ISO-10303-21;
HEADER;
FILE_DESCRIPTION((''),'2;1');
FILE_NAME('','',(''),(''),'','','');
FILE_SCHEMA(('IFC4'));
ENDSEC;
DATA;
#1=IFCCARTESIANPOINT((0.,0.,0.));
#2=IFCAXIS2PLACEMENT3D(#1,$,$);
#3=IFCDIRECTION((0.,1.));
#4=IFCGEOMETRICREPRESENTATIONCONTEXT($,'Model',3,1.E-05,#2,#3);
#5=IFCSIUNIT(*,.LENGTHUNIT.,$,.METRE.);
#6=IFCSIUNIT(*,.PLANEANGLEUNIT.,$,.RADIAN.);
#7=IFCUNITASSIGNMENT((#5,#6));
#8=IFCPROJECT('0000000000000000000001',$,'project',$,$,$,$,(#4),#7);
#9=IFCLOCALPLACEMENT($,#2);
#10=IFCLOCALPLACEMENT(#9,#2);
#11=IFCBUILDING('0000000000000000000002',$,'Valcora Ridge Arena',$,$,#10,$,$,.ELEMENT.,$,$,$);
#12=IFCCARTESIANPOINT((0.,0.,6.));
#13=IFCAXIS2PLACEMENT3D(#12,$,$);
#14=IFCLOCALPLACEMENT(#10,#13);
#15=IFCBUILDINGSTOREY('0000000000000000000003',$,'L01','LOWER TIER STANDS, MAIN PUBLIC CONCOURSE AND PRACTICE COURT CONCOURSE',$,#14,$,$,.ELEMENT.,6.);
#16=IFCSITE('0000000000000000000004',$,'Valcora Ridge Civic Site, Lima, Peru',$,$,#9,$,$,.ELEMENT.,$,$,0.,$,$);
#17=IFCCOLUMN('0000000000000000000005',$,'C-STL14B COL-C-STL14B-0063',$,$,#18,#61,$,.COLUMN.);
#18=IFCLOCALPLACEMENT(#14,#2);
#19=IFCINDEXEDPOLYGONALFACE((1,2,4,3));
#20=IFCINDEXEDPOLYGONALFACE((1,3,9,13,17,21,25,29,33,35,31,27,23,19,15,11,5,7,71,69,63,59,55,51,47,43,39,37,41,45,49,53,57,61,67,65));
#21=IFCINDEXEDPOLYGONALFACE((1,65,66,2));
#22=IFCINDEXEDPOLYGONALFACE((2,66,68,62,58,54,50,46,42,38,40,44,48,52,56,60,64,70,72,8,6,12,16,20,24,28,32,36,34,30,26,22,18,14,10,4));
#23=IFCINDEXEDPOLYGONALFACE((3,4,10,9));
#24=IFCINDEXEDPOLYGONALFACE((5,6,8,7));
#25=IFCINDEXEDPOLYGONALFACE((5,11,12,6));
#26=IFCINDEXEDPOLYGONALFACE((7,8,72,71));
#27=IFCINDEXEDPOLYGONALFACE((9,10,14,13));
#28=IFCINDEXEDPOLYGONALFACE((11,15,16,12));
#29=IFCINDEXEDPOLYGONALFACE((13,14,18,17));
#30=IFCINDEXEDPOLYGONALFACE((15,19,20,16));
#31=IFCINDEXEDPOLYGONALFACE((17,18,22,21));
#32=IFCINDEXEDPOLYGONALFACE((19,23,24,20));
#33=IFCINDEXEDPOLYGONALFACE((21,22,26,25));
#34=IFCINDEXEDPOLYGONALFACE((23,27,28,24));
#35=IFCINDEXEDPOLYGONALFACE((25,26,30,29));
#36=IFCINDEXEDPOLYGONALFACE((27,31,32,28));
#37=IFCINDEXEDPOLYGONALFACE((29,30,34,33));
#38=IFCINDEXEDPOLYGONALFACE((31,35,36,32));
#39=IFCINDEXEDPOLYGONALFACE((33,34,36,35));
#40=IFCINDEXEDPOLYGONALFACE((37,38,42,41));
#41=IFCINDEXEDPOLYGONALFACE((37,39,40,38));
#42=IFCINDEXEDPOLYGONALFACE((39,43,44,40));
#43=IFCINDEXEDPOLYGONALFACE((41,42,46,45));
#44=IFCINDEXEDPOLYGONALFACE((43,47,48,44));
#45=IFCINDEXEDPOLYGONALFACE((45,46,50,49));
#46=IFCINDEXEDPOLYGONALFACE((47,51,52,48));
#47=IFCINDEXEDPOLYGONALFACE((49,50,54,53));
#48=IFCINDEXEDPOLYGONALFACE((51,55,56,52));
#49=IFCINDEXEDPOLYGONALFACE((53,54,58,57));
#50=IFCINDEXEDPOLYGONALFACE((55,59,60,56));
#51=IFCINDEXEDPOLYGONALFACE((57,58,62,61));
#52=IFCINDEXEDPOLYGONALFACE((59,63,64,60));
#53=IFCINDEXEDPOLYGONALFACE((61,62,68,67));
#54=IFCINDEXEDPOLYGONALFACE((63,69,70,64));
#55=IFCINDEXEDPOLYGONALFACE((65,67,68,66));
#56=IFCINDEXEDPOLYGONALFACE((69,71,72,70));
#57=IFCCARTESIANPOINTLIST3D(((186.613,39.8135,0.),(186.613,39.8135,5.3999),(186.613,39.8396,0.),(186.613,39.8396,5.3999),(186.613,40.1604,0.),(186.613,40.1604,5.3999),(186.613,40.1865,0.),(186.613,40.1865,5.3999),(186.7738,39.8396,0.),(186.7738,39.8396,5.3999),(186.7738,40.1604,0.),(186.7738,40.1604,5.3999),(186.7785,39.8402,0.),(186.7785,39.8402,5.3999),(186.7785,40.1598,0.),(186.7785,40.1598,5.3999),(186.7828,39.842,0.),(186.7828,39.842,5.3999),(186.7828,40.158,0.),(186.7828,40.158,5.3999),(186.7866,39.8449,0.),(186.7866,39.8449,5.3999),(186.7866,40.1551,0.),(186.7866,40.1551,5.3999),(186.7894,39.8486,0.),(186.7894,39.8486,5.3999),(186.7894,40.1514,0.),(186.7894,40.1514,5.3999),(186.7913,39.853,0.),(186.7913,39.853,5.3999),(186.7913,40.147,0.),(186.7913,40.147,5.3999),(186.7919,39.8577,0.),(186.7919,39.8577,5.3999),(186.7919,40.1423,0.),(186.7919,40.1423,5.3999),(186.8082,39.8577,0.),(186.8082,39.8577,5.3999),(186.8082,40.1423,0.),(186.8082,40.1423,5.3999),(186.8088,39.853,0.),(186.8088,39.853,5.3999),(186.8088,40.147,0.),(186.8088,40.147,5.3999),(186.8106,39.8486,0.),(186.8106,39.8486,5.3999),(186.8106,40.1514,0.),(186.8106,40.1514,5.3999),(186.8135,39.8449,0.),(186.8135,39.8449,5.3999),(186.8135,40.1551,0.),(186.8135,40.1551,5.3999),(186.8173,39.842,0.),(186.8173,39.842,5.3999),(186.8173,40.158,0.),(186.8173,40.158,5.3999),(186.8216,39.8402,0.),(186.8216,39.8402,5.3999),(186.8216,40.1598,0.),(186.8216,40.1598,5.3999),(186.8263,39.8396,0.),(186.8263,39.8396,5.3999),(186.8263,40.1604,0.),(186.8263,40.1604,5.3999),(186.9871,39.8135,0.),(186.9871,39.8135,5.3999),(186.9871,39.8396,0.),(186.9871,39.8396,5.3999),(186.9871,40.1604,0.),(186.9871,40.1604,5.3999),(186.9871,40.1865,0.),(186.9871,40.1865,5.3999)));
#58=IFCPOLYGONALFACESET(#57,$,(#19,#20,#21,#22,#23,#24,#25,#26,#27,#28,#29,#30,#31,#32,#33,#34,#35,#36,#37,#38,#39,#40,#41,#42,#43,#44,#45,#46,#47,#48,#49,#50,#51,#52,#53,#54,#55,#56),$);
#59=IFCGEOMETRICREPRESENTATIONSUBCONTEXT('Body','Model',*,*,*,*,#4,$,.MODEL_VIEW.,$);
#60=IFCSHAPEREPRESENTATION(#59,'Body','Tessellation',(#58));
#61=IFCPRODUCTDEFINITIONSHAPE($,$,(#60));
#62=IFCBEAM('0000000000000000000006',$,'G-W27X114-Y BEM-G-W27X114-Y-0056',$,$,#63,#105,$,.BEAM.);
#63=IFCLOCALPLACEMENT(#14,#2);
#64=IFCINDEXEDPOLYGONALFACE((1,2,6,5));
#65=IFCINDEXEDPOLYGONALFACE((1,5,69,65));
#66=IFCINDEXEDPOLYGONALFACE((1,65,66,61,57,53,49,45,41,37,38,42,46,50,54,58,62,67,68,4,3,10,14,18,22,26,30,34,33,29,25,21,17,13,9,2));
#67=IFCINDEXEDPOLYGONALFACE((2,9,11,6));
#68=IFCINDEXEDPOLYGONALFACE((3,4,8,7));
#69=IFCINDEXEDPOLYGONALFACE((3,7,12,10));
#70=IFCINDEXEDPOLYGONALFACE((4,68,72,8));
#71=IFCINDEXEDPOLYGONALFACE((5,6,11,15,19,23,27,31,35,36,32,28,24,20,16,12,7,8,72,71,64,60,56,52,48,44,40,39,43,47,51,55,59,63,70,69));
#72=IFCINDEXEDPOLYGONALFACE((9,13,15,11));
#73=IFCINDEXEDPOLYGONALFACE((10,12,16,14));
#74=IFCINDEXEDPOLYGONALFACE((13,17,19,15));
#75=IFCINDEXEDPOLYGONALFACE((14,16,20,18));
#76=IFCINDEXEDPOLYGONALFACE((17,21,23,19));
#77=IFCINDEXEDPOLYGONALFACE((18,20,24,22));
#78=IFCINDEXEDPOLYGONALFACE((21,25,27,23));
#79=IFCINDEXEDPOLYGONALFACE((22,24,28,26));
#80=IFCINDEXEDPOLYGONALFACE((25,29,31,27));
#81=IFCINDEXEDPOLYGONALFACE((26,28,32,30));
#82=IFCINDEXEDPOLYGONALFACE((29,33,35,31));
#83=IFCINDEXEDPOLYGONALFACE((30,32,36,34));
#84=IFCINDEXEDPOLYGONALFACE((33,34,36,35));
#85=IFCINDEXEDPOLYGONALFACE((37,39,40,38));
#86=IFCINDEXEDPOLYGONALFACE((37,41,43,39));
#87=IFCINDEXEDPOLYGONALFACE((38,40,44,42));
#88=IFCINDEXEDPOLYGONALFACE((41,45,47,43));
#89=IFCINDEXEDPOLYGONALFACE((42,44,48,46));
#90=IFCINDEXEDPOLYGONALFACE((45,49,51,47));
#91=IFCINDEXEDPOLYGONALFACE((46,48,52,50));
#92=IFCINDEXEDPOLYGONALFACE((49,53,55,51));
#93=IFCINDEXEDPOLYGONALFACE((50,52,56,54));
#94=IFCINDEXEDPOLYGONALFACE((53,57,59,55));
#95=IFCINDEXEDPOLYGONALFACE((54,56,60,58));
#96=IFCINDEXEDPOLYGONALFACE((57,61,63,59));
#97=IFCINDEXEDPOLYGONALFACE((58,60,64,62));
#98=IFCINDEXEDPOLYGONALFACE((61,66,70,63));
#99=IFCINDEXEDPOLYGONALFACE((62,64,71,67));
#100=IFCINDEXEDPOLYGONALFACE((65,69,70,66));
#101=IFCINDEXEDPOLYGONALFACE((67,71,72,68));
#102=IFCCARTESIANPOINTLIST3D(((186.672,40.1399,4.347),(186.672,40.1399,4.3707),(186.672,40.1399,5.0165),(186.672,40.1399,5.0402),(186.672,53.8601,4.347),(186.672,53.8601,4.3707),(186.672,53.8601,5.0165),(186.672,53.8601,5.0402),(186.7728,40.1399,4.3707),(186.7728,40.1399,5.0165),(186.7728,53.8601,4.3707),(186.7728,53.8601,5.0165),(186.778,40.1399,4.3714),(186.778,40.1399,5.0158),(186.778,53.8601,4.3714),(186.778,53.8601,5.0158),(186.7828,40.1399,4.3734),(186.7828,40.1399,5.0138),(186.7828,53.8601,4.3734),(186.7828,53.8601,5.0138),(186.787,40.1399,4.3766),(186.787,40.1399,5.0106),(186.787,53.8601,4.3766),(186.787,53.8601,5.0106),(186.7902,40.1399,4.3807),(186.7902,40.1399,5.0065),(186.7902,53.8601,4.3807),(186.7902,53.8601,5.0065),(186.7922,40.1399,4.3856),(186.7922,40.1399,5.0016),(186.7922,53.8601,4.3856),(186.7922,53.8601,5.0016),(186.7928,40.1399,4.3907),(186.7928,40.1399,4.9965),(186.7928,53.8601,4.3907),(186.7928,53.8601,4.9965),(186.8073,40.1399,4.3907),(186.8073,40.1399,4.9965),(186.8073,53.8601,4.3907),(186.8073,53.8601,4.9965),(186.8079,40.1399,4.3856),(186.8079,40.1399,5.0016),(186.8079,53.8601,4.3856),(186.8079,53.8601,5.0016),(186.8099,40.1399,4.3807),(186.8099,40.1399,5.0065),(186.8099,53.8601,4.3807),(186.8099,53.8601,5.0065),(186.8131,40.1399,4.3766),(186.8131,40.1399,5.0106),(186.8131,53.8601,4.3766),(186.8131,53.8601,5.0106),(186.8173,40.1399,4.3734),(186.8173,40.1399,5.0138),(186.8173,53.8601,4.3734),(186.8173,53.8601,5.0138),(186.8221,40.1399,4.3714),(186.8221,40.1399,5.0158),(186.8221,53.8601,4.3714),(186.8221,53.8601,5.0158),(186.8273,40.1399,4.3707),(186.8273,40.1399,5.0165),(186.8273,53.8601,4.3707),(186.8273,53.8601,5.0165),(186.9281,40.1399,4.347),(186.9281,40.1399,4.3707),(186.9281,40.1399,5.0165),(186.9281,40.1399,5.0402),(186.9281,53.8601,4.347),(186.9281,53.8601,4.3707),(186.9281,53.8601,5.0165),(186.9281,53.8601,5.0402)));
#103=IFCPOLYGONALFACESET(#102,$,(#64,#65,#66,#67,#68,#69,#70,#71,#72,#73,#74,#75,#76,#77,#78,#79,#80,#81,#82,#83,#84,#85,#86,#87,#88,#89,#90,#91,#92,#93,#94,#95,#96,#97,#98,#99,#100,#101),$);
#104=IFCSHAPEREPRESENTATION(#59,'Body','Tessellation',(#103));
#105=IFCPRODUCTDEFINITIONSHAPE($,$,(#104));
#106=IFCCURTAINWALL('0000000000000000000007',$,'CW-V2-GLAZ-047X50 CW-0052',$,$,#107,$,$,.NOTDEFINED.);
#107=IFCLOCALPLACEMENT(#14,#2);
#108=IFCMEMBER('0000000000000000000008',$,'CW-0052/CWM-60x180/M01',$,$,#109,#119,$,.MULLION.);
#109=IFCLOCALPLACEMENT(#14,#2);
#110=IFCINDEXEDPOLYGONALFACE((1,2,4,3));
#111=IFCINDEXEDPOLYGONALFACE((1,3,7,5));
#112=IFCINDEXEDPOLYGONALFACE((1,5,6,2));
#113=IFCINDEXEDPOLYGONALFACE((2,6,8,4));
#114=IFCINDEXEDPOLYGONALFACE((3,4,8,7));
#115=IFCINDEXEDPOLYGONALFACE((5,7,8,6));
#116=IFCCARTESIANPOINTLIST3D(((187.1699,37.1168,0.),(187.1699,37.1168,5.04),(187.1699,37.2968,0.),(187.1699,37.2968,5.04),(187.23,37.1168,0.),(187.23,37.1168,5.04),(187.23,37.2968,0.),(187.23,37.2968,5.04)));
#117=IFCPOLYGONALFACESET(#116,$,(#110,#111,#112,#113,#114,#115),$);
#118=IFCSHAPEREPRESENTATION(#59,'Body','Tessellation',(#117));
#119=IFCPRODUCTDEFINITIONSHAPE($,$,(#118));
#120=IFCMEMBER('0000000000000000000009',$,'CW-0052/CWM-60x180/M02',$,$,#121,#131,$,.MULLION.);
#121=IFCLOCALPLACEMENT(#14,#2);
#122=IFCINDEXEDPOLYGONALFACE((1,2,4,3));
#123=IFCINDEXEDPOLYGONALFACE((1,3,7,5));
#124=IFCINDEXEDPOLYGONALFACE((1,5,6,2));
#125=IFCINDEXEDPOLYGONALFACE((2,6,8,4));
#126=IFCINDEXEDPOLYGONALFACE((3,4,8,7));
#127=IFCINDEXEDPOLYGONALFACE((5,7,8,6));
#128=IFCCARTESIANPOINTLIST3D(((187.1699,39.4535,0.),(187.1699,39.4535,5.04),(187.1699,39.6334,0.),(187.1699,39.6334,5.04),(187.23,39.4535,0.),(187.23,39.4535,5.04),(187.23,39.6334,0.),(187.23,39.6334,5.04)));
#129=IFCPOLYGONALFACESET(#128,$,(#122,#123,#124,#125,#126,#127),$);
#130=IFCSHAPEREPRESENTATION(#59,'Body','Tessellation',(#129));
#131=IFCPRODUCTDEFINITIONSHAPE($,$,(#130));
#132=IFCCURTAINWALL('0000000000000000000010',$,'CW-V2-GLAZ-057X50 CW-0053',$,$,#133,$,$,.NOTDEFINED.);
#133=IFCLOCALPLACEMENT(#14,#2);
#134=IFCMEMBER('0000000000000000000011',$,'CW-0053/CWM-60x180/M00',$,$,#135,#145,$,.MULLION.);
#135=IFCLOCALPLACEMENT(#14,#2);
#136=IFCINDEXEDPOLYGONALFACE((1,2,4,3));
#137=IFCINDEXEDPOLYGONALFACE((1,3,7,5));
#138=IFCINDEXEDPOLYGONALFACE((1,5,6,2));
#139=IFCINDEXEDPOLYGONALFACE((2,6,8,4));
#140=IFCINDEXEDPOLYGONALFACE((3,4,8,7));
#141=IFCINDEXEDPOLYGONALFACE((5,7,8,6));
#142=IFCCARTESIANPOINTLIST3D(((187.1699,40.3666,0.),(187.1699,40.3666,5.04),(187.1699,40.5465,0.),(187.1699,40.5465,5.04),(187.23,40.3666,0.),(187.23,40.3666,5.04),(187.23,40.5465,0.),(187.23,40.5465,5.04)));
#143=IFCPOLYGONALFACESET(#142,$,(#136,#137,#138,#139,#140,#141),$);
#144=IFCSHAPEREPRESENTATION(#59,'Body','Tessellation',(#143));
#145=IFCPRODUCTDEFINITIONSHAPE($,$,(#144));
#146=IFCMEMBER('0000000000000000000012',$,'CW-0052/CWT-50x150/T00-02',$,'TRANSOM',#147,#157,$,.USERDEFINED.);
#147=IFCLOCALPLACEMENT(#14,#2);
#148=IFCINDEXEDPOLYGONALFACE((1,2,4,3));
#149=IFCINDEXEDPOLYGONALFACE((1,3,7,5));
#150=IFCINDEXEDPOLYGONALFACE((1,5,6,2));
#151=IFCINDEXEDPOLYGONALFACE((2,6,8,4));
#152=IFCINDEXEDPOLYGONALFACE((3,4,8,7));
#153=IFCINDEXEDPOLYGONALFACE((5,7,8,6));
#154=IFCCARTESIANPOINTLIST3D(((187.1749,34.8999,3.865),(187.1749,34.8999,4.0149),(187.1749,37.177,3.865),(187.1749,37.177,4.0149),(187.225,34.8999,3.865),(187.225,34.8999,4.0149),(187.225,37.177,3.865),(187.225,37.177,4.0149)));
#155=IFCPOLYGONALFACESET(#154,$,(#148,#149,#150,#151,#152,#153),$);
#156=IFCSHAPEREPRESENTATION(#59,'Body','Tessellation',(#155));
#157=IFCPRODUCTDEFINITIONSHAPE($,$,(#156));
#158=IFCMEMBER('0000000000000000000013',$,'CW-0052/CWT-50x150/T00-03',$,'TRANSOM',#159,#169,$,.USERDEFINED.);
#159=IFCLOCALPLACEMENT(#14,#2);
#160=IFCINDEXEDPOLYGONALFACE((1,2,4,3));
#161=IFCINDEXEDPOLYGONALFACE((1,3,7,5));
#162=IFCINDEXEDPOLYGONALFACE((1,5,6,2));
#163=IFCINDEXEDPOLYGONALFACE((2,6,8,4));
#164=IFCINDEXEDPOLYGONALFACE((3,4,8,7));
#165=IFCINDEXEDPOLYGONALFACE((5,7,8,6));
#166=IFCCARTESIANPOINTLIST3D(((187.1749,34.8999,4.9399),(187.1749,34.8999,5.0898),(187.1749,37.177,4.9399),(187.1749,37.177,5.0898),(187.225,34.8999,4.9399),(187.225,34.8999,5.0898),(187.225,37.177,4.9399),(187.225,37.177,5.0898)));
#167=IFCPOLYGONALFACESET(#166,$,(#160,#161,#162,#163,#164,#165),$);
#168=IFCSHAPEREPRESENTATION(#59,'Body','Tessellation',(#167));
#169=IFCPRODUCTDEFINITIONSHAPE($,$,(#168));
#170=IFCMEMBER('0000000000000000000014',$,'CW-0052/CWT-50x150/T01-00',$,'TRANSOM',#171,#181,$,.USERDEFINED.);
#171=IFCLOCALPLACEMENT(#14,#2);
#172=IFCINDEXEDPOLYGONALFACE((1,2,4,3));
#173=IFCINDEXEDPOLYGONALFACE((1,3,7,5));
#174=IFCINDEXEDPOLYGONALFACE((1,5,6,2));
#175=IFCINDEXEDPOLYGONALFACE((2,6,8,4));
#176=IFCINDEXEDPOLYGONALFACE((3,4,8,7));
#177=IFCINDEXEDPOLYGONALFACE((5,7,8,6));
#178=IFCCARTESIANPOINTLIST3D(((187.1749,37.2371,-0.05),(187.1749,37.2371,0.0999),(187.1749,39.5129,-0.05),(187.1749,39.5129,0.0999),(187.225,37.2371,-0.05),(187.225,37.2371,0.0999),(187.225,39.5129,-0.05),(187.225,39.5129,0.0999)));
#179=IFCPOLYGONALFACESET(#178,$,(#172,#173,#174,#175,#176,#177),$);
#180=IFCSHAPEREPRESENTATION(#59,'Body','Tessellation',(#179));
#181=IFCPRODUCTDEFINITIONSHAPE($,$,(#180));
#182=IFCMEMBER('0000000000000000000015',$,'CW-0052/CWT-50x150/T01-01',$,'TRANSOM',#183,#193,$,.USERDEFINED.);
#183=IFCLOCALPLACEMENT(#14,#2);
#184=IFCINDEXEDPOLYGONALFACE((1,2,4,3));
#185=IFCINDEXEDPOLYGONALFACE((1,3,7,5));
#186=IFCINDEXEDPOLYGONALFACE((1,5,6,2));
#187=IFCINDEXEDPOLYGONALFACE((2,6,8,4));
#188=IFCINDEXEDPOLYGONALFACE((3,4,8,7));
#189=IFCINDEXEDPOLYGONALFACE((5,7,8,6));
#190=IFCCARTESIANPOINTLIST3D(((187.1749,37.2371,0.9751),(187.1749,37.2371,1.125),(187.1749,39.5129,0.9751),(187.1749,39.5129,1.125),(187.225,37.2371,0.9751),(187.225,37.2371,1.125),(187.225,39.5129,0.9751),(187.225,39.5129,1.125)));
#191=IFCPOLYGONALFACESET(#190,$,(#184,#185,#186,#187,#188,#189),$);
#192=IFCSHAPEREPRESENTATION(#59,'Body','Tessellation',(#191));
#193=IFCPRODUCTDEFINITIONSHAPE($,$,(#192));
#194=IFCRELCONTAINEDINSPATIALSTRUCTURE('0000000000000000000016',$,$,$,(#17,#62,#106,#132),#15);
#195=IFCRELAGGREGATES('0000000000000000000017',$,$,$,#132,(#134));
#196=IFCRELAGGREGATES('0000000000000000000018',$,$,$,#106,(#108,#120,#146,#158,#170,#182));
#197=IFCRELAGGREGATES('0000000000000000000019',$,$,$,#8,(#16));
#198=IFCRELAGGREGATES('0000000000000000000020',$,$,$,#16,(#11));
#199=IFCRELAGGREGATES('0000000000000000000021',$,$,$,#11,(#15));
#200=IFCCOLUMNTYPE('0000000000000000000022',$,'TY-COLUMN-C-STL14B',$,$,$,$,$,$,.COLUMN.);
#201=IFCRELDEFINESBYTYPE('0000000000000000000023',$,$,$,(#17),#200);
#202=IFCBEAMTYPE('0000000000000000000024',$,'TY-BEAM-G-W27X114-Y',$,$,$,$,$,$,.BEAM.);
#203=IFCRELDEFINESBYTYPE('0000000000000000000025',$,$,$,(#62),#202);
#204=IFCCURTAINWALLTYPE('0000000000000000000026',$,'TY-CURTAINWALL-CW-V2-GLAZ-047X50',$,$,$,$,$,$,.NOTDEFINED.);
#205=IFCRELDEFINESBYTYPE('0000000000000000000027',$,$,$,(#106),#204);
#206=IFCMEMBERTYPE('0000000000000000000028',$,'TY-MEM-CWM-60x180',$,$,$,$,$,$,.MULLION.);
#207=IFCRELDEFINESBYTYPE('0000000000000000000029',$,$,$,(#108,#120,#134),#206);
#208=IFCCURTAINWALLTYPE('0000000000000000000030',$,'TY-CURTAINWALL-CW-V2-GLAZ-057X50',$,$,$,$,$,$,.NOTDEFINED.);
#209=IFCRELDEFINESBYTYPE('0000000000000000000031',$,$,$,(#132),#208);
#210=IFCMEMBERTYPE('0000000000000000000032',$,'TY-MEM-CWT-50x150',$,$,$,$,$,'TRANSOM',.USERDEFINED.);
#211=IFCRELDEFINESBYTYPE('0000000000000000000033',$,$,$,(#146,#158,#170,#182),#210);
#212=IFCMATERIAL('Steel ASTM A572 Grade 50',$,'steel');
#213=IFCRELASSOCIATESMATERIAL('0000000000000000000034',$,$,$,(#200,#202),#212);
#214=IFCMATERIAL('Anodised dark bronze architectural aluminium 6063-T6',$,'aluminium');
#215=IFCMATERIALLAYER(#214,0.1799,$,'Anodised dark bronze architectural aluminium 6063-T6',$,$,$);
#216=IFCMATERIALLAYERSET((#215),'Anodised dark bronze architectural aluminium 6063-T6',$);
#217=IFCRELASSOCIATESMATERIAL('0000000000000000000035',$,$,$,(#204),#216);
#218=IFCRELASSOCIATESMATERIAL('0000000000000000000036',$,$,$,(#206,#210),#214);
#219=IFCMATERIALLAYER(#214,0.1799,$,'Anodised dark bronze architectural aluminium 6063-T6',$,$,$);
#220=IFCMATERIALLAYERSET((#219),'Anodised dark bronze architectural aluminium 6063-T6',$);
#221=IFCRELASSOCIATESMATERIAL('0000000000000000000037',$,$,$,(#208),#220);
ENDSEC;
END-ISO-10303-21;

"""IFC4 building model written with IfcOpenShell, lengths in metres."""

from ifc_helpers import new_model, si_unit, direction, frame, origin, origin_2d, place, context, subcontext, project, spatial, rectangle, i_section, extrude, material, layer, layer_set, material_profile, profile_set, type_object, element, aggregate, save


model = new_model("IFC4")

# Units and contexts
model_context = context("Model", 3, precision=1e-05, world=origin(), true_north=direction((0.0, 1.0)))
body_context = subcontext(model_context, "Body", "Model", "MODEL_VIEW")
ifc_project = project(units=[si_unit("LENGTHUNIT", "METRE"), si_unit("PLANEANGLEUNIT", "RADIAN")], contexts=[model_context])

# Site, building, storey
site_placement = place(None, origin())
site = spatial("IfcSite", under=ifc_project, at=site_placement, Name="Valcora Ridge Civic Site, Lima, Peru", CompositionType="ELEMENT", RefElevation=0.0)
building_placement = place(site_placement, origin())
building = spatial("IfcBuilding", under=site, at=building_placement, Name="Valcora Ridge Arena", CompositionType="ELEMENT")
storey_placement = place(building_placement, frame((0.0, 0.0, 6.0)))
storey = spatial("IfcBuildingStorey", under=building, at=storey_placement, Name="L01", Description="LOWER TIER STANDS, MAIN PUBLIC CONCOURSE AND PRACTICE COURT CONCOURSE", CompositionType="ELEMENT", Elevation=6.0)

# Column
ifc_material_1 = material(Name="Steel ASTM A572 Grade 50", Category="steel")
ifc_material_profile_1 = material_profile(ifc_material_1, i_section(OverallWidth=0.374, OverallDepth=0.373, WebThickness=0.0164, FlangeThickness=0.0261, FilletRadius=0.0181, at=origin_2d()), Name="W14X132")
ifc_profile_set_1 = profile_set([ifc_material_profile_1], Name="Steel ASTM A572 Grade 50")
column_type = type_object("IfcColumnType", Name="TY-COLUMN-C-STL14B", PredefinedType="COLUMN", material=ifc_profile_set_1)
column_placement = place(storey_placement, frame((186.8, 40.0, 0.0), z_axis=(0.0, 0.0, 1.0), x_axis=(1.0, 0.0, 0.0)))
element("IfcColumn", 1, at=column_placement, inside=storey, type_object=column_type, Name="C-STL14B COL-C-STL14B-0063", PredefinedType="COLUMN", context=body_context, shape_type="SweptSolid", body=[
    extrude(i_section(OverallWidth=0.374, OverallDepth=0.373, WebThickness=0.0164, FlangeThickness=0.0261, FilletRadius=0.0181, at=origin_2d()), origin(), (0.0, 0.0, 1.0), 5.3999),
])

# Beam
ifc_material_profile_2 = material_profile(ifc_material_1, i_section(OverallWidth=0.2561, OverallDepth=0.6931, WebThickness=0.0144, FlangeThickness=0.0237, FilletRadius=0.02, at=origin_2d()), Name="W27X114")
ifc_profile_set_2 = profile_set([ifc_material_profile_2], Name="Steel ASTM A572 Grade 50")
beam_type = type_object("IfcBeamType", Name="TY-BEAM-G-W27X114-Y", PredefinedType="BEAM", material=ifc_profile_set_2)
beam_placement = place(storey_placement, frame((186.8, 40.1399, 4.6936), z_axis=(0.0, 1.0, 0.0), x_axis=(-1.0, 0.0, 0.0)))
element("IfcBeam", 2, at=beam_placement, inside=storey, type_object=beam_type, Name="G-W27X114-Y BEM-G-W27X114-Y-0056", PredefinedType="BEAM", context=body_context, shape_type="SweptSolid", body=[
    extrude(i_section(OverallWidth=0.2561, OverallDepth=0.6931, WebThickness=0.0144, FlangeThickness=0.0237, FilletRadius=0.02, at=origin_2d()), origin(), (0.0, 0.0, 1.0), 13.7202),
])

# Curtain wall, members
ifc_material_2 = material(Name="Anodised dark bronze architectural aluminium 6063-T6", Category="aluminium")
ifc_layer_1 = layer(ifc_material_2, 0.1799, Name="Anodised dark bronze architectural aluminium 6063-T6")
ifc_layer_set_1 = layer_set([ifc_layer_1], Name="Anodised dark bronze architectural aluminium 6063-T6")
curtain_wall_type_1 = type_object("IfcCurtainWallType", Name="TY-CURTAINWALL-CW-V2-GLAZ-047X50", PredefinedType="NOTDEFINED", material=ifc_layer_set_1)
curtain_wall_1_placement = place(storey_placement, origin())
curtain_wall_1 = element("IfcCurtainWall", 3, at=curtain_wall_1_placement, inside=storey, type_object=curtain_wall_type_1, Name="CW-V2-GLAZ-047X50 CW-0052", PredefinedType="NOTDEFINED")
ifc_material_profile_3 = material_profile(ifc_material_2, rectangle(XDim=0.0601, YDim=0.1799, at=origin_2d()), Name="ALU MULLION 60x180")
ifc_profile_set_3 = profile_set([ifc_material_profile_3], Name="Anodised dark bronze architectural aluminium 6063-T6")
member_type_1 = type_object("IfcMemberType", Name="TY-MEM-CWM-60x180", PredefinedType="MULLION", material=ifc_profile_set_3)
member_1_placement = place(storey_placement, frame((187.2, 37.2068, 0.0), z_axis=(0.0, 0.0, 1.0), x_axis=(-1.0, 0.0, 0.0)))
member_1 = element("IfcMember", 4, at=member_1_placement, type_object=member_type_1, Name="CW-0052/CWM-60x180/M01", PredefinedType="MULLION", context=body_context, shape_type="SweptSolid", body=[
    extrude(rectangle(XDim=0.0601, YDim=0.1799, at=origin_2d()), origin(), (0.0, 0.0, 1.0), 5.04),
])
member_2_placement = place(storey_placement, frame((187.2, 39.5435, 0.0), z_axis=(0.0, 0.0, 1.0), x_axis=(-1.0, 0.0, 0.0)))
member_2 = element("IfcMember", 5, at=member_2_placement, type_object=member_type_1, Name="CW-0052/CWM-60x180/M02", PredefinedType="MULLION", context=body_context, shape_type="SweptSolid", body=[
    extrude(rectangle(XDim=0.0601, YDim=0.1799, at=origin_2d()), origin(), (0.0, 0.0, 1.0), 5.04),
])

# Curtain wall, member
ifc_layer_2 = layer(ifc_material_2, 0.1799, Name="Anodised dark bronze architectural aluminium 6063-T6")
ifc_layer_set_2 = layer_set([ifc_layer_2], Name="Anodised dark bronze architectural aluminium 6063-T6")
curtain_wall_type_2 = type_object("IfcCurtainWallType", Name="TY-CURTAINWALL-CW-V2-GLAZ-057X50", PredefinedType="NOTDEFINED", material=ifc_layer_set_2)
curtain_wall_2_placement = place(storey_placement, origin())
curtain_wall_2 = element("IfcCurtainWall", 6, at=curtain_wall_2_placement, inside=storey, type_object=curtain_wall_type_2, Name="CW-V2-GLAZ-057X50 CW-0053", PredefinedType="NOTDEFINED")
member_3_placement = place(storey_placement, frame((187.2, 40.4565, 0.0), z_axis=(0.0, 0.0, 1.0), x_axis=(-1.0, 0.0, 0.0)))
member_3 = element("IfcMember", 7, at=member_3_placement, type_object=member_type_1, Name="CW-0053/CWM-60x180/M00", PredefinedType="MULLION", context=body_context, shape_type="SweptSolid", body=[
    extrude(rectangle(XDim=0.0601, YDim=0.1799, at=origin_2d()), origin(), (0.0, 0.0, 1.0), 5.04),
])
aggregate(curtain_wall_2, [member_3])

# Members
ifc_material_profile_4 = material_profile(ifc_material_2, rectangle(XDim=0.05, YDim=0.1499, at=origin_2d()), Name="ALU TRANSOM 50x150")
ifc_profile_set_4 = profile_set([ifc_material_profile_4], Name="Anodised dark bronze architectural aluminium 6063-T6")
member_type_2 = type_object("IfcMemberType", Name="TY-MEM-CWT-50x150", ElementType="TRANSOM", PredefinedType="USERDEFINED", material=ifc_profile_set_4)
member_4_placement = place(storey_placement, frame((187.2, 34.8999, 3.9399), z_axis=(0.0, 1.0, 0.0), x_axis=(-1.0, 0.0, 0.0)))
member_4 = element("IfcMember", 8, at=member_4_placement, type_object=member_type_2, Name="CW-0052/CWT-50x150/T00-02", ObjectType="TRANSOM", PredefinedType="USERDEFINED", context=body_context, shape_type="SweptSolid", body=[
    extrude(rectangle(XDim=0.05, YDim=0.1499, at=origin_2d()), origin(), (0.0, 0.0, 1.0), 2.2771),
])
member_5_placement = place(storey_placement, frame((187.2, 34.8999, 5.0149), z_axis=(0.0, 1.0, 0.0), x_axis=(-1.0, 0.0, 0.0)))
member_5 = element("IfcMember", 9, at=member_5_placement, type_object=member_type_2, Name="CW-0052/CWT-50x150/T00-03", ObjectType="TRANSOM", PredefinedType="USERDEFINED", context=body_context, shape_type="SweptSolid", body=[
    extrude(rectangle(XDim=0.05, YDim=0.1499, at=origin_2d()), origin(), (0.0, 0.0, 1.0), 2.2771),
])
member_6_placement = place(storey_placement, frame((187.2, 37.2371, 0.0249), z_axis=(0.0, 1.0, 0.0), x_axis=(-1.0, 0.0, 0.0)))
member_6 = element("IfcMember", 10, at=member_6_placement, type_object=member_type_2, Name="CW-0052/CWT-50x150/T01-00", ObjectType="TRANSOM", PredefinedType="USERDEFINED", context=body_context, shape_type="SweptSolid", body=[
    extrude(rectangle(XDim=0.05, YDim=0.1499, at=origin_2d()), origin(), (0.0, 0.0, 1.0), 2.2759),
])
member_7_placement = place(storey_placement, frame((187.2, 37.2371, 1.05), z_axis=(0.0, 1.0, 0.0), x_axis=(-1.0, 0.0, 0.0)))
member_7 = element("IfcMember", 11, at=member_7_placement, type_object=member_type_2, Name="CW-0052/CWT-50x150/T01-01", ObjectType="TRANSOM", PredefinedType="USERDEFINED", context=body_context, shape_type="SweptSolid", body=[
    extrude(rectangle(XDim=0.05, YDim=0.1499, at=origin_2d()), origin(), (0.0, 0.0, 1.0), 2.2759),
])

aggregate(curtain_wall_1, [member_1, member_2, member_4, member_5, member_6, member_7])

save(model, "model.ifc")
